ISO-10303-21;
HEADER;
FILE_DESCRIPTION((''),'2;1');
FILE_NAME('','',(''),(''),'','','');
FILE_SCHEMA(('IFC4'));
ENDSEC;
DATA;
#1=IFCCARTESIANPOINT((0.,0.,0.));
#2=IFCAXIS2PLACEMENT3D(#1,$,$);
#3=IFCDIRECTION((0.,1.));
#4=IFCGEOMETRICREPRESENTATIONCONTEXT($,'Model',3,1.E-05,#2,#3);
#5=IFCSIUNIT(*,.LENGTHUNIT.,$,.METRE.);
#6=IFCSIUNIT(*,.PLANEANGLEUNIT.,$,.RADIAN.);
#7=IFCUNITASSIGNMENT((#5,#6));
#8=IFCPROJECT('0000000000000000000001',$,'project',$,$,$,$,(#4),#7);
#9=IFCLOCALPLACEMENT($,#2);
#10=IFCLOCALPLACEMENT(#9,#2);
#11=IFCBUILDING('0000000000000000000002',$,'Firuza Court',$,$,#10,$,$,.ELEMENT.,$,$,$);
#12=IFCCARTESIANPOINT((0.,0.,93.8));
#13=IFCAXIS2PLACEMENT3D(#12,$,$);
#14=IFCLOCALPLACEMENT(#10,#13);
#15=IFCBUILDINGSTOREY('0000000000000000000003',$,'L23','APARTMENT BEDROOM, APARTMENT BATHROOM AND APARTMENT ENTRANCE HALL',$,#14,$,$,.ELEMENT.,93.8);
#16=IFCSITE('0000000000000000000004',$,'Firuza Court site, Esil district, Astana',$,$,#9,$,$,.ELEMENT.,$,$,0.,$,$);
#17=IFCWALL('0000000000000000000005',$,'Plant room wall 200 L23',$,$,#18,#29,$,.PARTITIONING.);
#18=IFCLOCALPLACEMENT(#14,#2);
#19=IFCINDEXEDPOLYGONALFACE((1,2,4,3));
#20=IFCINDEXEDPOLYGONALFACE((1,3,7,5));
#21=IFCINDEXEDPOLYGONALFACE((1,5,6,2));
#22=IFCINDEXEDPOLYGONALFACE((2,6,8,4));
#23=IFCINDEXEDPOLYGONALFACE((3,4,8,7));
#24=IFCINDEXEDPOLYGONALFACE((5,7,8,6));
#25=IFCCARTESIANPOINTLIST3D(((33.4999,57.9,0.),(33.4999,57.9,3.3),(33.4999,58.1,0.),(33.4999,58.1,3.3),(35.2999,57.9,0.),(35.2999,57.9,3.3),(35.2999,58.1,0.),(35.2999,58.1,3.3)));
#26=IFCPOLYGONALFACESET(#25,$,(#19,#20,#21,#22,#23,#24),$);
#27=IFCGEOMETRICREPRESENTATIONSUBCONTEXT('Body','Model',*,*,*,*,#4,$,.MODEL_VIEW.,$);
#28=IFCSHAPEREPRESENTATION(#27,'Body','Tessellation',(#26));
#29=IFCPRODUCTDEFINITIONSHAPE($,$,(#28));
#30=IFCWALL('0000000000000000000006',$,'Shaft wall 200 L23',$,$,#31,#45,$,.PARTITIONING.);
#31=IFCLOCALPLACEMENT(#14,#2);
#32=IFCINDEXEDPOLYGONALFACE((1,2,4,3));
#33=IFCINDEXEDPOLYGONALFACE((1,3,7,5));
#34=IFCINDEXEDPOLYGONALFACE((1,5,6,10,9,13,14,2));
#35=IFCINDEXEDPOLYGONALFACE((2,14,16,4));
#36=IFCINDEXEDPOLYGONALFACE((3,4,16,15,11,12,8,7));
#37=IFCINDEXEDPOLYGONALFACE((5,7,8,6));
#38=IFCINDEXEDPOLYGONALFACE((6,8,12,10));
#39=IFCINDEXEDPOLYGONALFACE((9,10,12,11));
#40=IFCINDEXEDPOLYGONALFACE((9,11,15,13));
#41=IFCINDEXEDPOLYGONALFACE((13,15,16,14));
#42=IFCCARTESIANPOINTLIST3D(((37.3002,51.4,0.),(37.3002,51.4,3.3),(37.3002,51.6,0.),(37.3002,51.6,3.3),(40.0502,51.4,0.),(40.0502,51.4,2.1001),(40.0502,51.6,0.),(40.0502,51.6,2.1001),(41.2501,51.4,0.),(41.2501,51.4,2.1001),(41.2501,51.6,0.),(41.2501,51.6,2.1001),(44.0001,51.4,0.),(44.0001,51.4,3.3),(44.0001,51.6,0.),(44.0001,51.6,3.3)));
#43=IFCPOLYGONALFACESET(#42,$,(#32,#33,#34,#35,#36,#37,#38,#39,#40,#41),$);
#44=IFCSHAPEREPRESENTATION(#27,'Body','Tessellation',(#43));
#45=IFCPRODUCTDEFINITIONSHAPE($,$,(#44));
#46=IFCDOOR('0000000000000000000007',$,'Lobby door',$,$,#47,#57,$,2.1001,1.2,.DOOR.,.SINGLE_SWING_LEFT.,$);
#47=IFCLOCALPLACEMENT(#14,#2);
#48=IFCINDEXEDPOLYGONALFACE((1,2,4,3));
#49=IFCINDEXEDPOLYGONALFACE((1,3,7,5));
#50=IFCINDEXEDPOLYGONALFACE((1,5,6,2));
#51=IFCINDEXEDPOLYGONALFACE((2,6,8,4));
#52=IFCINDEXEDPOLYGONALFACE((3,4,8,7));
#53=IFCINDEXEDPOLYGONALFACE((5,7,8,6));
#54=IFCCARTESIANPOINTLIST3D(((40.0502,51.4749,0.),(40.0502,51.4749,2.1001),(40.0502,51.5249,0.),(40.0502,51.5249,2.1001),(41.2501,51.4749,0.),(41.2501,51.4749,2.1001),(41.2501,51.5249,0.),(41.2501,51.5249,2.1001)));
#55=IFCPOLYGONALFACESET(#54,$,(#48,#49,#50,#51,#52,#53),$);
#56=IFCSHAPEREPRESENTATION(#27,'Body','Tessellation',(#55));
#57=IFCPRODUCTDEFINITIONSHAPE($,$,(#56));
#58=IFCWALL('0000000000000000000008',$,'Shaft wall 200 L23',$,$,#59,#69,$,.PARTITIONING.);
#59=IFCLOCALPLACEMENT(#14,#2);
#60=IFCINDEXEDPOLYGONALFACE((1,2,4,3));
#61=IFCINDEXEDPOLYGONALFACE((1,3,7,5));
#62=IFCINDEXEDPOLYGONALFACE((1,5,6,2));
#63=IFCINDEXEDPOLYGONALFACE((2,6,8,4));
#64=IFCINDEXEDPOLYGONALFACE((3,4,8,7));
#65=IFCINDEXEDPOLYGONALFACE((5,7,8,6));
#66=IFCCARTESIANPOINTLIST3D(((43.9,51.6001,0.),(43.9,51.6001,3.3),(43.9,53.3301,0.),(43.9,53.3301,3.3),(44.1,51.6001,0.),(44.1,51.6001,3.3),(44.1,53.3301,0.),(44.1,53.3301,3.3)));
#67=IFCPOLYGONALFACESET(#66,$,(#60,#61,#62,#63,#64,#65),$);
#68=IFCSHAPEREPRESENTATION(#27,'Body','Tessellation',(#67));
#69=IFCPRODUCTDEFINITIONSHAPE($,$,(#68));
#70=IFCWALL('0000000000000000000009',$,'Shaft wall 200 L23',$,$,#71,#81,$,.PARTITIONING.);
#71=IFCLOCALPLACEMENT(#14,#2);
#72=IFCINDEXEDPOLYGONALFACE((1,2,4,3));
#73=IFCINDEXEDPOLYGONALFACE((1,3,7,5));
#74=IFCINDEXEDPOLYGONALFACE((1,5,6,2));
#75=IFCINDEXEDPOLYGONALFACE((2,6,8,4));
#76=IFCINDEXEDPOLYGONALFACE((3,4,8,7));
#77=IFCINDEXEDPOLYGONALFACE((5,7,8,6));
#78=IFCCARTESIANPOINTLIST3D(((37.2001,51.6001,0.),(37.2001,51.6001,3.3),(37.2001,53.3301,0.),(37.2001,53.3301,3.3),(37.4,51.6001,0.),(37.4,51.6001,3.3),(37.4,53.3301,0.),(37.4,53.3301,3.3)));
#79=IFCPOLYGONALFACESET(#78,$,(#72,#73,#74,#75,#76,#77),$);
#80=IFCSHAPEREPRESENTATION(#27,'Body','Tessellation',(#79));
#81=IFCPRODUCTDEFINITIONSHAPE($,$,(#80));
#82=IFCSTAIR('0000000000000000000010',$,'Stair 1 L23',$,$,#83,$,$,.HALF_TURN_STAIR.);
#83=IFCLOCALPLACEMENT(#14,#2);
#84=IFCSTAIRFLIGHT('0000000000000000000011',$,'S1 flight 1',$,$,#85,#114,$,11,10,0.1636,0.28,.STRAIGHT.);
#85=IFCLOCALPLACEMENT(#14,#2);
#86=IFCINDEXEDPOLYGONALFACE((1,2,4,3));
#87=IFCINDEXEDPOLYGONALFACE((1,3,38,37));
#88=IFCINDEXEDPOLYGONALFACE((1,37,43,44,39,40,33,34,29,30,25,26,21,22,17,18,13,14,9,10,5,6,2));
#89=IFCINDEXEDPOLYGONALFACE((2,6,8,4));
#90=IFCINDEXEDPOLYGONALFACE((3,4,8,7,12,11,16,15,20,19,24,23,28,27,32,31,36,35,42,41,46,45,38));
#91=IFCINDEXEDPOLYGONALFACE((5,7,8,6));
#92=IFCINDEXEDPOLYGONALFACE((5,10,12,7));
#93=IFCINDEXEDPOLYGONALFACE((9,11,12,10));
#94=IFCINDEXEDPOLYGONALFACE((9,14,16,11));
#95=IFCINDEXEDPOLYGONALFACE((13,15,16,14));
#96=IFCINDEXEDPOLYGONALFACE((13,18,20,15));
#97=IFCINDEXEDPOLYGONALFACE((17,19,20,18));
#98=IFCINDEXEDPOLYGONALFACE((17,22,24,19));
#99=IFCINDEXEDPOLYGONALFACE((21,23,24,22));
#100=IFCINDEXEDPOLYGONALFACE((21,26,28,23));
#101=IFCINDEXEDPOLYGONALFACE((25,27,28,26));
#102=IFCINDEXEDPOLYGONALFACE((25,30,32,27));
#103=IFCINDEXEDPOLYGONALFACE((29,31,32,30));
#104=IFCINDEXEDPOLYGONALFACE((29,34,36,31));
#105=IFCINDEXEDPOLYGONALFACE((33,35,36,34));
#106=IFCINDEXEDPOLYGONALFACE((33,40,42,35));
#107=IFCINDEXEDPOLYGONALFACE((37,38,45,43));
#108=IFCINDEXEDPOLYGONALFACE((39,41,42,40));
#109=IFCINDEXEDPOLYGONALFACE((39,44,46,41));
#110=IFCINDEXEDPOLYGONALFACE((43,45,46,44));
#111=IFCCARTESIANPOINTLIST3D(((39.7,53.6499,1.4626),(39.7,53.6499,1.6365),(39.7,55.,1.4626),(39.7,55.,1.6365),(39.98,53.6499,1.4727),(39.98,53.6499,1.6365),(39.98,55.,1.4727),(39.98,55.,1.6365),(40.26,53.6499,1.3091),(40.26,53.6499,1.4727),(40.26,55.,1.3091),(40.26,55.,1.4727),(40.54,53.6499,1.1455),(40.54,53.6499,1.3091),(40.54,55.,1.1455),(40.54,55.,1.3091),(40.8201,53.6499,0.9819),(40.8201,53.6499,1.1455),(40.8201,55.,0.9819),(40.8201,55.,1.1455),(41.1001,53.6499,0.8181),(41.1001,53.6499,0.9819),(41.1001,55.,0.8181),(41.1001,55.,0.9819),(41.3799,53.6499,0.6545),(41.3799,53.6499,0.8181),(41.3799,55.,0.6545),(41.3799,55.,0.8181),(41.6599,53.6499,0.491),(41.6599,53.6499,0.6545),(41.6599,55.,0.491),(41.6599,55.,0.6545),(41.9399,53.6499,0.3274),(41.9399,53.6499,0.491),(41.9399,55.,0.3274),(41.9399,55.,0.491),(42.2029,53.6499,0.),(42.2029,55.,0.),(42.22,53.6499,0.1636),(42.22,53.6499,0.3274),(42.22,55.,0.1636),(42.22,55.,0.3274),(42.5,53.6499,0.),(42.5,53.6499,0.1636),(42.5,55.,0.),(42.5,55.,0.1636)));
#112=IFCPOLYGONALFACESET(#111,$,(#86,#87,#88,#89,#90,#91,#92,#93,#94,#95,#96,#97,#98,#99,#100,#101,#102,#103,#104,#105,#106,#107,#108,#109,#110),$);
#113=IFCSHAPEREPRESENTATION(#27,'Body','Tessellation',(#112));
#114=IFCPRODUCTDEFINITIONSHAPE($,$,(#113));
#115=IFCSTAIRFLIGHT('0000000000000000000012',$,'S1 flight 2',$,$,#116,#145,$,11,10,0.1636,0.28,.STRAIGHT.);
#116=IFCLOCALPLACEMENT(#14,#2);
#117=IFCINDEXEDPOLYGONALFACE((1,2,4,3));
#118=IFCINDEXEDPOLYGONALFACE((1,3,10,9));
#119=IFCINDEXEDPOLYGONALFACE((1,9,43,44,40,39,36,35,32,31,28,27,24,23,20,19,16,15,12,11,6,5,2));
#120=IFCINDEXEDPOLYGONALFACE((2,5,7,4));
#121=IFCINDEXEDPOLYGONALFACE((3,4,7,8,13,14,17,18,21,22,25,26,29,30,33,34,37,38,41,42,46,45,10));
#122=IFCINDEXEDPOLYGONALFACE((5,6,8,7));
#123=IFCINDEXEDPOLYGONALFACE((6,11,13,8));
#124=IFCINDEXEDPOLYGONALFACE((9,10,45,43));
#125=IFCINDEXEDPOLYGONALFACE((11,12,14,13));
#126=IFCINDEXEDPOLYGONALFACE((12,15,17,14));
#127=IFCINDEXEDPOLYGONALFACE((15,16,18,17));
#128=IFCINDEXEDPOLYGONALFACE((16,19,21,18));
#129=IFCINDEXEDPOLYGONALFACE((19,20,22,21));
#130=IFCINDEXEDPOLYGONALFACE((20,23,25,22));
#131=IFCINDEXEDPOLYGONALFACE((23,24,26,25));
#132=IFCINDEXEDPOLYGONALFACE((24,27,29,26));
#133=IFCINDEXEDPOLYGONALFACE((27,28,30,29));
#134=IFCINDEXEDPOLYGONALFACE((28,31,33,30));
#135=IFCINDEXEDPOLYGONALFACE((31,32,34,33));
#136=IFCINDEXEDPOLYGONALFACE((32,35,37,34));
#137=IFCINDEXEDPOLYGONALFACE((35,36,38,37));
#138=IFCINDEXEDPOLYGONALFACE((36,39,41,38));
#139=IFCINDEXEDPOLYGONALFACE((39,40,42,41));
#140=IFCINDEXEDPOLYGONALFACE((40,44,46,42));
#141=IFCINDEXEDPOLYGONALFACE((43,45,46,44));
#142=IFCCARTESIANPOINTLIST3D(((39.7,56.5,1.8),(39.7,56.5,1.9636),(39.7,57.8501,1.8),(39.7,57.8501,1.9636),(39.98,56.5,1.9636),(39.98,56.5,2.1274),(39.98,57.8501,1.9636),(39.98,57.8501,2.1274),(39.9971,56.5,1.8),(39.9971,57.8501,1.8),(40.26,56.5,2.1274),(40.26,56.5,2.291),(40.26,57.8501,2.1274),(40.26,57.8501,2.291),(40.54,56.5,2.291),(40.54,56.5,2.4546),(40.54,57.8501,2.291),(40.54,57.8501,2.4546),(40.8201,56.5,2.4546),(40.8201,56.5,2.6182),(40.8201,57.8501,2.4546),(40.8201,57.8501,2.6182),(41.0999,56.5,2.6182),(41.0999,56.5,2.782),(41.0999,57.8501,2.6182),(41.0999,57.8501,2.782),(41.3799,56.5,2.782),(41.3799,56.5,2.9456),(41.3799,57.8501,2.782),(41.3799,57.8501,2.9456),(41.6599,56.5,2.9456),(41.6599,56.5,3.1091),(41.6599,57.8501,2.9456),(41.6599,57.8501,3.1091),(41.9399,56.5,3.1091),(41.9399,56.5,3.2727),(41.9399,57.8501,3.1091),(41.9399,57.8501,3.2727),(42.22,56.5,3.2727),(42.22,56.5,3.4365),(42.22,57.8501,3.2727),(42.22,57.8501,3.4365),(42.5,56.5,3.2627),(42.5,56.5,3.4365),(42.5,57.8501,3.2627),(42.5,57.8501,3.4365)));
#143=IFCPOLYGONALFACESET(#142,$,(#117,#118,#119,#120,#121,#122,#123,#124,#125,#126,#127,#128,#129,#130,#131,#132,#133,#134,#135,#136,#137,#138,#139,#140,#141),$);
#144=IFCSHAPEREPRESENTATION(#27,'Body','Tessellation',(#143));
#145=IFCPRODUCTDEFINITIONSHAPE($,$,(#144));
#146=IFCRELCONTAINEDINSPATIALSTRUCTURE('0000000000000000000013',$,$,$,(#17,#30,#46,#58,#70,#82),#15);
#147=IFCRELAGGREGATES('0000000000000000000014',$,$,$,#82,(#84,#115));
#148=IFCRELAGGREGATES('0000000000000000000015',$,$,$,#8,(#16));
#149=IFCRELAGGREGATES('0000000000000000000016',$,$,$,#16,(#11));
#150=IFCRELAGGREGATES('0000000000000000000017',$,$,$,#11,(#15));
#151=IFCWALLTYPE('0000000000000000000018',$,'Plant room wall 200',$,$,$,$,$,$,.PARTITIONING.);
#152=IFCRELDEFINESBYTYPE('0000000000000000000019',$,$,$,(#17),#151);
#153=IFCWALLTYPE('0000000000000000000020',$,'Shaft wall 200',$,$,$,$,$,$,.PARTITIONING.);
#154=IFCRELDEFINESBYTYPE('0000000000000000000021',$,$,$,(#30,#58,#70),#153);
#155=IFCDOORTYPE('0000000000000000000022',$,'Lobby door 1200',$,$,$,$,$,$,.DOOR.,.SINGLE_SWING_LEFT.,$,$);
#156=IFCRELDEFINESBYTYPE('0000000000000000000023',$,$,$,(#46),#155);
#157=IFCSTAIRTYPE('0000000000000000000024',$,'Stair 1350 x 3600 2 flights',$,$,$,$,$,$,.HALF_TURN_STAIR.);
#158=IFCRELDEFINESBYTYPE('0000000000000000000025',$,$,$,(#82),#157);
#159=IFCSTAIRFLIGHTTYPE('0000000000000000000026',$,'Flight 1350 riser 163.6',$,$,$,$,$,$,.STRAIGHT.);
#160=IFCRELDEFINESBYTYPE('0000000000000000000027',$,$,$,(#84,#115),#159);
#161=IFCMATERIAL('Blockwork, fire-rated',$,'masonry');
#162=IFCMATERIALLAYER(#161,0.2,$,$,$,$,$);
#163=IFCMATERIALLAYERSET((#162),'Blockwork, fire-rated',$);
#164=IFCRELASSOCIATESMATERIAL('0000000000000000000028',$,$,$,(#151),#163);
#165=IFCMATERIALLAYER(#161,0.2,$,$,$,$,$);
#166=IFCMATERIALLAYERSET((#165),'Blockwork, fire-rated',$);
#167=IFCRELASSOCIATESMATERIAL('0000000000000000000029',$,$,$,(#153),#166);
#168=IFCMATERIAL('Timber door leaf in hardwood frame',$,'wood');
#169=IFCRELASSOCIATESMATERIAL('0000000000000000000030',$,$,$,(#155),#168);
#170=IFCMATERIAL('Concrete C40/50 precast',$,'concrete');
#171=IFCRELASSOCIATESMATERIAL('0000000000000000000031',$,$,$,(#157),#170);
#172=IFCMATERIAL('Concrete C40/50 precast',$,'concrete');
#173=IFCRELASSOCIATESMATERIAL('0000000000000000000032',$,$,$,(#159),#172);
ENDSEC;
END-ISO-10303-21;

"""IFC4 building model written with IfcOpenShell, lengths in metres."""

from ifc_helpers import new_model, si_unit, direction, frame, frame_2d, origin, place, context, subcontext, project, spatial, polyline, rectangle, outline, extrude, material, layer, layer_set, type_object, element, fill, aggregate, save


model = new_model("IFC4")

# Units and contexts
model_context = context("Model", 3, precision=1e-05, world=origin(), true_north=direction((0.0, 1.0)))
body_context = subcontext(model_context, "Body", "Model", "MODEL_VIEW")
ifc_project = project(units=[si_unit("LENGTHUNIT", "METRE"), si_unit("PLANEANGLEUNIT", "RADIAN")], contexts=[model_context])

# Site, building, storey
site_placement = place(None, origin())
site = spatial("IfcSite", under=ifc_project, at=site_placement, Name="Firuza Court site, Esil district, Astana", CompositionType="ELEMENT", RefElevation=0.0)
building_placement = place(site_placement, origin())
building = spatial("IfcBuilding", under=site, at=building_placement, Name="Firuza Court", CompositionType="ELEMENT")
storey_placement = place(building_placement, frame((0.0, 0.0, 93.8)))
storey = spatial("IfcBuildingStorey", under=building, at=storey_placement, Name="L23", Description="APARTMENT BEDROOM, APARTMENT BATHROOM AND APARTMENT ENTRANCE HALL", CompositionType="ELEMENT", Elevation=93.8)

# Shared definitions
ifc_material_1 = material(Name="Blockwork, fire-rated", Category="masonry")
ifc_layer_1 = layer(ifc_material_1, 0.2)
ifc_layer_set_1 = layer_set([ifc_layer_1], Name="Blockwork, fire-rated")
wall_type_1 = type_object("IfcWallType", Name="Plant room wall 200", PredefinedType="PARTITIONING", material=ifc_layer_set_1)

# Wall
wall_1_placement = place(storey_placement, frame((33.5, 58.0, 0.0), z_axis=(0.0, 0.0, 1.0), x_axis=(1.0, 0.0, 0.0)))
element("IfcWall", 1, at=wall_1_placement, inside=storey, type_object=wall_type_1, Name="Plant room wall 200 L23", PredefinedType="PARTITIONING", context=body_context, shape_type="SweptSolid", body=[
    extrude(rectangle(XDim=1.8, YDim=0.2, at=frame_2d((0.8999, 0.0))), origin(), (0.0, 0.0, 1.0), 3.3),
])

# Wall, opening, door
ifc_layer_2 = layer(ifc_material_1, 0.2)
ifc_layer_set_2 = layer_set([ifc_layer_2], Name="Blockwork, fire-rated")
wall_type_2 = type_object("IfcWallType", Name="Shaft wall 200", PredefinedType="PARTITIONING", material=ifc_layer_set_2)
wall_2_placement = place(storey_placement, frame((37.3, 51.5, 0.0), z_axis=(0.0, 0.0, 1.0), x_axis=(1.0, 0.0, 0.0)))
wall_2 = element("IfcWall", 2, at=wall_2_placement, inside=storey, type_object=wall_type_2, Name="Shaft wall 200 L23", PredefinedType="PARTITIONING", context=body_context, shape_type="SweptSolid", body=[
    extrude(rectangle(XDim=6.7, YDim=0.2, at=frame_2d((3.3501, 0.0))), origin(), (0.0, 0.0, 1.0), 3.3),
])
opening_1_placement = place(wall_2_placement, frame((2.75, 0.0, 0.0)))
opening_1 = element("IfcOpeningElement", 3, at=opening_1_placement, cuts=wall_2, PredefinedType="OPENING", context=body_context, shape_type="SweptSolid", body=[
    extrude(rectangle(XDim=1.2, YDim=2.1001, at=frame_2d((0.6001, 1.05))), frame((0.0, 0.1118, 0.0), z_axis=(0.0, -1.0, 0.0), x_axis=(1.0, 0.0, 0.0)), (0.0, 0.0, 1.0), 0.2239),
])
ifc_material_2 = material(Name="Timber door leaf in hardwood frame", Category="wood")
door_type_1 = type_object("IfcDoorType", Name="Lobby door 1200", OperationType="SINGLE_SWING_LEFT", PredefinedType="DOOR", material=ifc_material_2)
door_1_placement = place(opening_1_placement, origin())
door_1 = element("IfcDoor", 4, at=door_1_placement, inside=storey, type_object=door_type_1, Name="Lobby door", OperationType="SINGLE_SWING_LEFT", OverallHeight=2.1001, OverallWidth=1.2, PredefinedType="DOOR", context=body_context, shape_type="SweptSolid", body=[
    extrude(rectangle(XDim=1.2, YDim=2.1001, at=frame_2d((0.6001, 1.05))), frame((0.0, 0.0249, 0.0), z_axis=(0.0, -1.0, 0.0), x_axis=(1.0, 0.0, 0.0)), (0.0, 0.0, 1.0), 0.05),
])
fill(opening_1, door_1)

# Walls
for number, where, z_axis, x_axis, name in (
    (5, (44.0, 51.6001, 0.0), (0.0, 0.0, 1.0), (0.0, 1.0, 0.0), "Shaft wall 200 L23"),
    (6, (37.3, 51.6001, 0.0), (0.0, 0.0, 1.0), (0.0, 1.0, 0.0), "Shaft wall 200 L23"),
):
    element("IfcWall", number, at=place(storey_placement, frame(where, z_axis=z_axis, x_axis=x_axis)), inside=storey, type_object=wall_type_2, Name=name, PredefinedType="PARTITIONING", context=body_context, shape_type="SweptSolid", body=[
        extrude(rectangle(XDim=1.73, YDim=0.2, at=frame_2d((0.865, 0.0))), origin(), (0.0, 0.0, 1.0), 3.3),
    ])

# Stair, stair flights
ifc_material_3 = material(Name="Concrete C40/50 precast", Category="concrete")
stair_type = type_object("IfcStairType", Name="Stair 1350 x 3600 2 flights", PredefinedType="HALF_TURN_STAIR", material=ifc_material_3)
stair_placement = place(storey_placement, origin())
stair = element("IfcStair", 7, at=stair_placement, inside=storey, type_object=stair_type, Name="Stair 1 L23", PredefinedType="HALF_TURN_STAIR")
ifc_material_4 = material(Name="Concrete C40/50 precast", Category="concrete")
stair_flight_type = type_object("IfcStairFlightType", Name="Flight 1350 riser 163.6", PredefinedType="STRAIGHT", material=ifc_material_4)
stair_flight_1_placement = place(storey_placement, frame((42.5, 54.325, 0.0), z_axis=(0.0, 0.0, 1.0), x_axis=(-1.0, 0.0, 0.0)))
stair_flight_1 = element("IfcStairFlight", 8, at=stair_flight_1_placement, type_object=stair_flight_type, Name="S1 flight 1", NumberOfRisers=11, NumberOfTreads=10, PredefinedType="STRAIGHT", RiserHeight=0.1636, TreadLength=0.28, context=body_context, shape_type="SweptSolid", body=[
    extrude(outline(polyline([(0.0, 0.0), (0.0, 0.1636), (0.28, 0.1636), (0.28, 0.3274), (0.5601, 0.3274), (0.5601, 0.491), (0.8401, 0.491), (0.8401, 0.6545), (1.1201, 0.6545), (1.1201, 0.8181), (1.3999, 0.8181), (1.3999, 0.9819), (1.6799, 0.9819), (1.6799, 1.1455), (1.96, 1.1455), (1.96, 1.3091), (2.24, 1.3091), (2.24, 1.4727), (2.52, 1.4727), (2.52, 1.6365), (2.8, 1.6365), (2.8, 1.8), (2.8, 1.4626), (0.2971, 0.0), (0.0, 0.0)])), frame((0.0, 0.675, 0.0), z_axis=(0.0, -1.0, 0.0), x_axis=(1.0, 0.0, 0.0)), (0.0, 0.0, 1.0), 1.3501),
])
stair_flight_2_placement = place(storey_placement, frame((39.7, 57.175, 1.8), z_axis=(0.0, 0.0, 1.0), x_axis=(1.0, 0.0, 0.0)))
stair_flight_2 = element("IfcStairFlight", 9, at=stair_flight_2_placement, type_object=stair_flight_type, Name="S1 flight 2", NumberOfRisers=11, NumberOfTreads=10, PredefinedType="STRAIGHT", RiserHeight=0.1636, TreadLength=0.28, context=body_context, shape_type="SweptSolid", body=[
    extrude(outline(polyline([(0.0, 0.0), (0.0, 0.1636), (0.28, 0.1636), (0.28, 0.3274), (0.5601, 0.3274), (0.5601, 0.491), (0.8401, 0.491), (0.8401, 0.6545), (1.1201, 0.6545), (1.1201, 0.8181), (1.3999, 0.8181), (1.3999, 0.9819), (1.6799, 0.9819), (1.6799, 1.1455), (1.96, 1.1455), (1.96, 1.3091), (2.24, 1.3091), (2.24, 1.4727), (2.52, 1.4727), (2.52, 1.6365), (2.8, 1.6365), (2.8, 1.8), (2.8, 1.4626), (0.2971, 0.0), (0.0, 0.0)])), frame((0.0, 0.675, 0.0), z_axis=(0.0, -1.0, 0.0), x_axis=(1.0, 0.0, 0.0)), (0.0, 0.0, 1.0), 1.3501),
])
aggregate(stair, [stair_flight_1, stair_flight_2])

save(model, "model.ifc")
